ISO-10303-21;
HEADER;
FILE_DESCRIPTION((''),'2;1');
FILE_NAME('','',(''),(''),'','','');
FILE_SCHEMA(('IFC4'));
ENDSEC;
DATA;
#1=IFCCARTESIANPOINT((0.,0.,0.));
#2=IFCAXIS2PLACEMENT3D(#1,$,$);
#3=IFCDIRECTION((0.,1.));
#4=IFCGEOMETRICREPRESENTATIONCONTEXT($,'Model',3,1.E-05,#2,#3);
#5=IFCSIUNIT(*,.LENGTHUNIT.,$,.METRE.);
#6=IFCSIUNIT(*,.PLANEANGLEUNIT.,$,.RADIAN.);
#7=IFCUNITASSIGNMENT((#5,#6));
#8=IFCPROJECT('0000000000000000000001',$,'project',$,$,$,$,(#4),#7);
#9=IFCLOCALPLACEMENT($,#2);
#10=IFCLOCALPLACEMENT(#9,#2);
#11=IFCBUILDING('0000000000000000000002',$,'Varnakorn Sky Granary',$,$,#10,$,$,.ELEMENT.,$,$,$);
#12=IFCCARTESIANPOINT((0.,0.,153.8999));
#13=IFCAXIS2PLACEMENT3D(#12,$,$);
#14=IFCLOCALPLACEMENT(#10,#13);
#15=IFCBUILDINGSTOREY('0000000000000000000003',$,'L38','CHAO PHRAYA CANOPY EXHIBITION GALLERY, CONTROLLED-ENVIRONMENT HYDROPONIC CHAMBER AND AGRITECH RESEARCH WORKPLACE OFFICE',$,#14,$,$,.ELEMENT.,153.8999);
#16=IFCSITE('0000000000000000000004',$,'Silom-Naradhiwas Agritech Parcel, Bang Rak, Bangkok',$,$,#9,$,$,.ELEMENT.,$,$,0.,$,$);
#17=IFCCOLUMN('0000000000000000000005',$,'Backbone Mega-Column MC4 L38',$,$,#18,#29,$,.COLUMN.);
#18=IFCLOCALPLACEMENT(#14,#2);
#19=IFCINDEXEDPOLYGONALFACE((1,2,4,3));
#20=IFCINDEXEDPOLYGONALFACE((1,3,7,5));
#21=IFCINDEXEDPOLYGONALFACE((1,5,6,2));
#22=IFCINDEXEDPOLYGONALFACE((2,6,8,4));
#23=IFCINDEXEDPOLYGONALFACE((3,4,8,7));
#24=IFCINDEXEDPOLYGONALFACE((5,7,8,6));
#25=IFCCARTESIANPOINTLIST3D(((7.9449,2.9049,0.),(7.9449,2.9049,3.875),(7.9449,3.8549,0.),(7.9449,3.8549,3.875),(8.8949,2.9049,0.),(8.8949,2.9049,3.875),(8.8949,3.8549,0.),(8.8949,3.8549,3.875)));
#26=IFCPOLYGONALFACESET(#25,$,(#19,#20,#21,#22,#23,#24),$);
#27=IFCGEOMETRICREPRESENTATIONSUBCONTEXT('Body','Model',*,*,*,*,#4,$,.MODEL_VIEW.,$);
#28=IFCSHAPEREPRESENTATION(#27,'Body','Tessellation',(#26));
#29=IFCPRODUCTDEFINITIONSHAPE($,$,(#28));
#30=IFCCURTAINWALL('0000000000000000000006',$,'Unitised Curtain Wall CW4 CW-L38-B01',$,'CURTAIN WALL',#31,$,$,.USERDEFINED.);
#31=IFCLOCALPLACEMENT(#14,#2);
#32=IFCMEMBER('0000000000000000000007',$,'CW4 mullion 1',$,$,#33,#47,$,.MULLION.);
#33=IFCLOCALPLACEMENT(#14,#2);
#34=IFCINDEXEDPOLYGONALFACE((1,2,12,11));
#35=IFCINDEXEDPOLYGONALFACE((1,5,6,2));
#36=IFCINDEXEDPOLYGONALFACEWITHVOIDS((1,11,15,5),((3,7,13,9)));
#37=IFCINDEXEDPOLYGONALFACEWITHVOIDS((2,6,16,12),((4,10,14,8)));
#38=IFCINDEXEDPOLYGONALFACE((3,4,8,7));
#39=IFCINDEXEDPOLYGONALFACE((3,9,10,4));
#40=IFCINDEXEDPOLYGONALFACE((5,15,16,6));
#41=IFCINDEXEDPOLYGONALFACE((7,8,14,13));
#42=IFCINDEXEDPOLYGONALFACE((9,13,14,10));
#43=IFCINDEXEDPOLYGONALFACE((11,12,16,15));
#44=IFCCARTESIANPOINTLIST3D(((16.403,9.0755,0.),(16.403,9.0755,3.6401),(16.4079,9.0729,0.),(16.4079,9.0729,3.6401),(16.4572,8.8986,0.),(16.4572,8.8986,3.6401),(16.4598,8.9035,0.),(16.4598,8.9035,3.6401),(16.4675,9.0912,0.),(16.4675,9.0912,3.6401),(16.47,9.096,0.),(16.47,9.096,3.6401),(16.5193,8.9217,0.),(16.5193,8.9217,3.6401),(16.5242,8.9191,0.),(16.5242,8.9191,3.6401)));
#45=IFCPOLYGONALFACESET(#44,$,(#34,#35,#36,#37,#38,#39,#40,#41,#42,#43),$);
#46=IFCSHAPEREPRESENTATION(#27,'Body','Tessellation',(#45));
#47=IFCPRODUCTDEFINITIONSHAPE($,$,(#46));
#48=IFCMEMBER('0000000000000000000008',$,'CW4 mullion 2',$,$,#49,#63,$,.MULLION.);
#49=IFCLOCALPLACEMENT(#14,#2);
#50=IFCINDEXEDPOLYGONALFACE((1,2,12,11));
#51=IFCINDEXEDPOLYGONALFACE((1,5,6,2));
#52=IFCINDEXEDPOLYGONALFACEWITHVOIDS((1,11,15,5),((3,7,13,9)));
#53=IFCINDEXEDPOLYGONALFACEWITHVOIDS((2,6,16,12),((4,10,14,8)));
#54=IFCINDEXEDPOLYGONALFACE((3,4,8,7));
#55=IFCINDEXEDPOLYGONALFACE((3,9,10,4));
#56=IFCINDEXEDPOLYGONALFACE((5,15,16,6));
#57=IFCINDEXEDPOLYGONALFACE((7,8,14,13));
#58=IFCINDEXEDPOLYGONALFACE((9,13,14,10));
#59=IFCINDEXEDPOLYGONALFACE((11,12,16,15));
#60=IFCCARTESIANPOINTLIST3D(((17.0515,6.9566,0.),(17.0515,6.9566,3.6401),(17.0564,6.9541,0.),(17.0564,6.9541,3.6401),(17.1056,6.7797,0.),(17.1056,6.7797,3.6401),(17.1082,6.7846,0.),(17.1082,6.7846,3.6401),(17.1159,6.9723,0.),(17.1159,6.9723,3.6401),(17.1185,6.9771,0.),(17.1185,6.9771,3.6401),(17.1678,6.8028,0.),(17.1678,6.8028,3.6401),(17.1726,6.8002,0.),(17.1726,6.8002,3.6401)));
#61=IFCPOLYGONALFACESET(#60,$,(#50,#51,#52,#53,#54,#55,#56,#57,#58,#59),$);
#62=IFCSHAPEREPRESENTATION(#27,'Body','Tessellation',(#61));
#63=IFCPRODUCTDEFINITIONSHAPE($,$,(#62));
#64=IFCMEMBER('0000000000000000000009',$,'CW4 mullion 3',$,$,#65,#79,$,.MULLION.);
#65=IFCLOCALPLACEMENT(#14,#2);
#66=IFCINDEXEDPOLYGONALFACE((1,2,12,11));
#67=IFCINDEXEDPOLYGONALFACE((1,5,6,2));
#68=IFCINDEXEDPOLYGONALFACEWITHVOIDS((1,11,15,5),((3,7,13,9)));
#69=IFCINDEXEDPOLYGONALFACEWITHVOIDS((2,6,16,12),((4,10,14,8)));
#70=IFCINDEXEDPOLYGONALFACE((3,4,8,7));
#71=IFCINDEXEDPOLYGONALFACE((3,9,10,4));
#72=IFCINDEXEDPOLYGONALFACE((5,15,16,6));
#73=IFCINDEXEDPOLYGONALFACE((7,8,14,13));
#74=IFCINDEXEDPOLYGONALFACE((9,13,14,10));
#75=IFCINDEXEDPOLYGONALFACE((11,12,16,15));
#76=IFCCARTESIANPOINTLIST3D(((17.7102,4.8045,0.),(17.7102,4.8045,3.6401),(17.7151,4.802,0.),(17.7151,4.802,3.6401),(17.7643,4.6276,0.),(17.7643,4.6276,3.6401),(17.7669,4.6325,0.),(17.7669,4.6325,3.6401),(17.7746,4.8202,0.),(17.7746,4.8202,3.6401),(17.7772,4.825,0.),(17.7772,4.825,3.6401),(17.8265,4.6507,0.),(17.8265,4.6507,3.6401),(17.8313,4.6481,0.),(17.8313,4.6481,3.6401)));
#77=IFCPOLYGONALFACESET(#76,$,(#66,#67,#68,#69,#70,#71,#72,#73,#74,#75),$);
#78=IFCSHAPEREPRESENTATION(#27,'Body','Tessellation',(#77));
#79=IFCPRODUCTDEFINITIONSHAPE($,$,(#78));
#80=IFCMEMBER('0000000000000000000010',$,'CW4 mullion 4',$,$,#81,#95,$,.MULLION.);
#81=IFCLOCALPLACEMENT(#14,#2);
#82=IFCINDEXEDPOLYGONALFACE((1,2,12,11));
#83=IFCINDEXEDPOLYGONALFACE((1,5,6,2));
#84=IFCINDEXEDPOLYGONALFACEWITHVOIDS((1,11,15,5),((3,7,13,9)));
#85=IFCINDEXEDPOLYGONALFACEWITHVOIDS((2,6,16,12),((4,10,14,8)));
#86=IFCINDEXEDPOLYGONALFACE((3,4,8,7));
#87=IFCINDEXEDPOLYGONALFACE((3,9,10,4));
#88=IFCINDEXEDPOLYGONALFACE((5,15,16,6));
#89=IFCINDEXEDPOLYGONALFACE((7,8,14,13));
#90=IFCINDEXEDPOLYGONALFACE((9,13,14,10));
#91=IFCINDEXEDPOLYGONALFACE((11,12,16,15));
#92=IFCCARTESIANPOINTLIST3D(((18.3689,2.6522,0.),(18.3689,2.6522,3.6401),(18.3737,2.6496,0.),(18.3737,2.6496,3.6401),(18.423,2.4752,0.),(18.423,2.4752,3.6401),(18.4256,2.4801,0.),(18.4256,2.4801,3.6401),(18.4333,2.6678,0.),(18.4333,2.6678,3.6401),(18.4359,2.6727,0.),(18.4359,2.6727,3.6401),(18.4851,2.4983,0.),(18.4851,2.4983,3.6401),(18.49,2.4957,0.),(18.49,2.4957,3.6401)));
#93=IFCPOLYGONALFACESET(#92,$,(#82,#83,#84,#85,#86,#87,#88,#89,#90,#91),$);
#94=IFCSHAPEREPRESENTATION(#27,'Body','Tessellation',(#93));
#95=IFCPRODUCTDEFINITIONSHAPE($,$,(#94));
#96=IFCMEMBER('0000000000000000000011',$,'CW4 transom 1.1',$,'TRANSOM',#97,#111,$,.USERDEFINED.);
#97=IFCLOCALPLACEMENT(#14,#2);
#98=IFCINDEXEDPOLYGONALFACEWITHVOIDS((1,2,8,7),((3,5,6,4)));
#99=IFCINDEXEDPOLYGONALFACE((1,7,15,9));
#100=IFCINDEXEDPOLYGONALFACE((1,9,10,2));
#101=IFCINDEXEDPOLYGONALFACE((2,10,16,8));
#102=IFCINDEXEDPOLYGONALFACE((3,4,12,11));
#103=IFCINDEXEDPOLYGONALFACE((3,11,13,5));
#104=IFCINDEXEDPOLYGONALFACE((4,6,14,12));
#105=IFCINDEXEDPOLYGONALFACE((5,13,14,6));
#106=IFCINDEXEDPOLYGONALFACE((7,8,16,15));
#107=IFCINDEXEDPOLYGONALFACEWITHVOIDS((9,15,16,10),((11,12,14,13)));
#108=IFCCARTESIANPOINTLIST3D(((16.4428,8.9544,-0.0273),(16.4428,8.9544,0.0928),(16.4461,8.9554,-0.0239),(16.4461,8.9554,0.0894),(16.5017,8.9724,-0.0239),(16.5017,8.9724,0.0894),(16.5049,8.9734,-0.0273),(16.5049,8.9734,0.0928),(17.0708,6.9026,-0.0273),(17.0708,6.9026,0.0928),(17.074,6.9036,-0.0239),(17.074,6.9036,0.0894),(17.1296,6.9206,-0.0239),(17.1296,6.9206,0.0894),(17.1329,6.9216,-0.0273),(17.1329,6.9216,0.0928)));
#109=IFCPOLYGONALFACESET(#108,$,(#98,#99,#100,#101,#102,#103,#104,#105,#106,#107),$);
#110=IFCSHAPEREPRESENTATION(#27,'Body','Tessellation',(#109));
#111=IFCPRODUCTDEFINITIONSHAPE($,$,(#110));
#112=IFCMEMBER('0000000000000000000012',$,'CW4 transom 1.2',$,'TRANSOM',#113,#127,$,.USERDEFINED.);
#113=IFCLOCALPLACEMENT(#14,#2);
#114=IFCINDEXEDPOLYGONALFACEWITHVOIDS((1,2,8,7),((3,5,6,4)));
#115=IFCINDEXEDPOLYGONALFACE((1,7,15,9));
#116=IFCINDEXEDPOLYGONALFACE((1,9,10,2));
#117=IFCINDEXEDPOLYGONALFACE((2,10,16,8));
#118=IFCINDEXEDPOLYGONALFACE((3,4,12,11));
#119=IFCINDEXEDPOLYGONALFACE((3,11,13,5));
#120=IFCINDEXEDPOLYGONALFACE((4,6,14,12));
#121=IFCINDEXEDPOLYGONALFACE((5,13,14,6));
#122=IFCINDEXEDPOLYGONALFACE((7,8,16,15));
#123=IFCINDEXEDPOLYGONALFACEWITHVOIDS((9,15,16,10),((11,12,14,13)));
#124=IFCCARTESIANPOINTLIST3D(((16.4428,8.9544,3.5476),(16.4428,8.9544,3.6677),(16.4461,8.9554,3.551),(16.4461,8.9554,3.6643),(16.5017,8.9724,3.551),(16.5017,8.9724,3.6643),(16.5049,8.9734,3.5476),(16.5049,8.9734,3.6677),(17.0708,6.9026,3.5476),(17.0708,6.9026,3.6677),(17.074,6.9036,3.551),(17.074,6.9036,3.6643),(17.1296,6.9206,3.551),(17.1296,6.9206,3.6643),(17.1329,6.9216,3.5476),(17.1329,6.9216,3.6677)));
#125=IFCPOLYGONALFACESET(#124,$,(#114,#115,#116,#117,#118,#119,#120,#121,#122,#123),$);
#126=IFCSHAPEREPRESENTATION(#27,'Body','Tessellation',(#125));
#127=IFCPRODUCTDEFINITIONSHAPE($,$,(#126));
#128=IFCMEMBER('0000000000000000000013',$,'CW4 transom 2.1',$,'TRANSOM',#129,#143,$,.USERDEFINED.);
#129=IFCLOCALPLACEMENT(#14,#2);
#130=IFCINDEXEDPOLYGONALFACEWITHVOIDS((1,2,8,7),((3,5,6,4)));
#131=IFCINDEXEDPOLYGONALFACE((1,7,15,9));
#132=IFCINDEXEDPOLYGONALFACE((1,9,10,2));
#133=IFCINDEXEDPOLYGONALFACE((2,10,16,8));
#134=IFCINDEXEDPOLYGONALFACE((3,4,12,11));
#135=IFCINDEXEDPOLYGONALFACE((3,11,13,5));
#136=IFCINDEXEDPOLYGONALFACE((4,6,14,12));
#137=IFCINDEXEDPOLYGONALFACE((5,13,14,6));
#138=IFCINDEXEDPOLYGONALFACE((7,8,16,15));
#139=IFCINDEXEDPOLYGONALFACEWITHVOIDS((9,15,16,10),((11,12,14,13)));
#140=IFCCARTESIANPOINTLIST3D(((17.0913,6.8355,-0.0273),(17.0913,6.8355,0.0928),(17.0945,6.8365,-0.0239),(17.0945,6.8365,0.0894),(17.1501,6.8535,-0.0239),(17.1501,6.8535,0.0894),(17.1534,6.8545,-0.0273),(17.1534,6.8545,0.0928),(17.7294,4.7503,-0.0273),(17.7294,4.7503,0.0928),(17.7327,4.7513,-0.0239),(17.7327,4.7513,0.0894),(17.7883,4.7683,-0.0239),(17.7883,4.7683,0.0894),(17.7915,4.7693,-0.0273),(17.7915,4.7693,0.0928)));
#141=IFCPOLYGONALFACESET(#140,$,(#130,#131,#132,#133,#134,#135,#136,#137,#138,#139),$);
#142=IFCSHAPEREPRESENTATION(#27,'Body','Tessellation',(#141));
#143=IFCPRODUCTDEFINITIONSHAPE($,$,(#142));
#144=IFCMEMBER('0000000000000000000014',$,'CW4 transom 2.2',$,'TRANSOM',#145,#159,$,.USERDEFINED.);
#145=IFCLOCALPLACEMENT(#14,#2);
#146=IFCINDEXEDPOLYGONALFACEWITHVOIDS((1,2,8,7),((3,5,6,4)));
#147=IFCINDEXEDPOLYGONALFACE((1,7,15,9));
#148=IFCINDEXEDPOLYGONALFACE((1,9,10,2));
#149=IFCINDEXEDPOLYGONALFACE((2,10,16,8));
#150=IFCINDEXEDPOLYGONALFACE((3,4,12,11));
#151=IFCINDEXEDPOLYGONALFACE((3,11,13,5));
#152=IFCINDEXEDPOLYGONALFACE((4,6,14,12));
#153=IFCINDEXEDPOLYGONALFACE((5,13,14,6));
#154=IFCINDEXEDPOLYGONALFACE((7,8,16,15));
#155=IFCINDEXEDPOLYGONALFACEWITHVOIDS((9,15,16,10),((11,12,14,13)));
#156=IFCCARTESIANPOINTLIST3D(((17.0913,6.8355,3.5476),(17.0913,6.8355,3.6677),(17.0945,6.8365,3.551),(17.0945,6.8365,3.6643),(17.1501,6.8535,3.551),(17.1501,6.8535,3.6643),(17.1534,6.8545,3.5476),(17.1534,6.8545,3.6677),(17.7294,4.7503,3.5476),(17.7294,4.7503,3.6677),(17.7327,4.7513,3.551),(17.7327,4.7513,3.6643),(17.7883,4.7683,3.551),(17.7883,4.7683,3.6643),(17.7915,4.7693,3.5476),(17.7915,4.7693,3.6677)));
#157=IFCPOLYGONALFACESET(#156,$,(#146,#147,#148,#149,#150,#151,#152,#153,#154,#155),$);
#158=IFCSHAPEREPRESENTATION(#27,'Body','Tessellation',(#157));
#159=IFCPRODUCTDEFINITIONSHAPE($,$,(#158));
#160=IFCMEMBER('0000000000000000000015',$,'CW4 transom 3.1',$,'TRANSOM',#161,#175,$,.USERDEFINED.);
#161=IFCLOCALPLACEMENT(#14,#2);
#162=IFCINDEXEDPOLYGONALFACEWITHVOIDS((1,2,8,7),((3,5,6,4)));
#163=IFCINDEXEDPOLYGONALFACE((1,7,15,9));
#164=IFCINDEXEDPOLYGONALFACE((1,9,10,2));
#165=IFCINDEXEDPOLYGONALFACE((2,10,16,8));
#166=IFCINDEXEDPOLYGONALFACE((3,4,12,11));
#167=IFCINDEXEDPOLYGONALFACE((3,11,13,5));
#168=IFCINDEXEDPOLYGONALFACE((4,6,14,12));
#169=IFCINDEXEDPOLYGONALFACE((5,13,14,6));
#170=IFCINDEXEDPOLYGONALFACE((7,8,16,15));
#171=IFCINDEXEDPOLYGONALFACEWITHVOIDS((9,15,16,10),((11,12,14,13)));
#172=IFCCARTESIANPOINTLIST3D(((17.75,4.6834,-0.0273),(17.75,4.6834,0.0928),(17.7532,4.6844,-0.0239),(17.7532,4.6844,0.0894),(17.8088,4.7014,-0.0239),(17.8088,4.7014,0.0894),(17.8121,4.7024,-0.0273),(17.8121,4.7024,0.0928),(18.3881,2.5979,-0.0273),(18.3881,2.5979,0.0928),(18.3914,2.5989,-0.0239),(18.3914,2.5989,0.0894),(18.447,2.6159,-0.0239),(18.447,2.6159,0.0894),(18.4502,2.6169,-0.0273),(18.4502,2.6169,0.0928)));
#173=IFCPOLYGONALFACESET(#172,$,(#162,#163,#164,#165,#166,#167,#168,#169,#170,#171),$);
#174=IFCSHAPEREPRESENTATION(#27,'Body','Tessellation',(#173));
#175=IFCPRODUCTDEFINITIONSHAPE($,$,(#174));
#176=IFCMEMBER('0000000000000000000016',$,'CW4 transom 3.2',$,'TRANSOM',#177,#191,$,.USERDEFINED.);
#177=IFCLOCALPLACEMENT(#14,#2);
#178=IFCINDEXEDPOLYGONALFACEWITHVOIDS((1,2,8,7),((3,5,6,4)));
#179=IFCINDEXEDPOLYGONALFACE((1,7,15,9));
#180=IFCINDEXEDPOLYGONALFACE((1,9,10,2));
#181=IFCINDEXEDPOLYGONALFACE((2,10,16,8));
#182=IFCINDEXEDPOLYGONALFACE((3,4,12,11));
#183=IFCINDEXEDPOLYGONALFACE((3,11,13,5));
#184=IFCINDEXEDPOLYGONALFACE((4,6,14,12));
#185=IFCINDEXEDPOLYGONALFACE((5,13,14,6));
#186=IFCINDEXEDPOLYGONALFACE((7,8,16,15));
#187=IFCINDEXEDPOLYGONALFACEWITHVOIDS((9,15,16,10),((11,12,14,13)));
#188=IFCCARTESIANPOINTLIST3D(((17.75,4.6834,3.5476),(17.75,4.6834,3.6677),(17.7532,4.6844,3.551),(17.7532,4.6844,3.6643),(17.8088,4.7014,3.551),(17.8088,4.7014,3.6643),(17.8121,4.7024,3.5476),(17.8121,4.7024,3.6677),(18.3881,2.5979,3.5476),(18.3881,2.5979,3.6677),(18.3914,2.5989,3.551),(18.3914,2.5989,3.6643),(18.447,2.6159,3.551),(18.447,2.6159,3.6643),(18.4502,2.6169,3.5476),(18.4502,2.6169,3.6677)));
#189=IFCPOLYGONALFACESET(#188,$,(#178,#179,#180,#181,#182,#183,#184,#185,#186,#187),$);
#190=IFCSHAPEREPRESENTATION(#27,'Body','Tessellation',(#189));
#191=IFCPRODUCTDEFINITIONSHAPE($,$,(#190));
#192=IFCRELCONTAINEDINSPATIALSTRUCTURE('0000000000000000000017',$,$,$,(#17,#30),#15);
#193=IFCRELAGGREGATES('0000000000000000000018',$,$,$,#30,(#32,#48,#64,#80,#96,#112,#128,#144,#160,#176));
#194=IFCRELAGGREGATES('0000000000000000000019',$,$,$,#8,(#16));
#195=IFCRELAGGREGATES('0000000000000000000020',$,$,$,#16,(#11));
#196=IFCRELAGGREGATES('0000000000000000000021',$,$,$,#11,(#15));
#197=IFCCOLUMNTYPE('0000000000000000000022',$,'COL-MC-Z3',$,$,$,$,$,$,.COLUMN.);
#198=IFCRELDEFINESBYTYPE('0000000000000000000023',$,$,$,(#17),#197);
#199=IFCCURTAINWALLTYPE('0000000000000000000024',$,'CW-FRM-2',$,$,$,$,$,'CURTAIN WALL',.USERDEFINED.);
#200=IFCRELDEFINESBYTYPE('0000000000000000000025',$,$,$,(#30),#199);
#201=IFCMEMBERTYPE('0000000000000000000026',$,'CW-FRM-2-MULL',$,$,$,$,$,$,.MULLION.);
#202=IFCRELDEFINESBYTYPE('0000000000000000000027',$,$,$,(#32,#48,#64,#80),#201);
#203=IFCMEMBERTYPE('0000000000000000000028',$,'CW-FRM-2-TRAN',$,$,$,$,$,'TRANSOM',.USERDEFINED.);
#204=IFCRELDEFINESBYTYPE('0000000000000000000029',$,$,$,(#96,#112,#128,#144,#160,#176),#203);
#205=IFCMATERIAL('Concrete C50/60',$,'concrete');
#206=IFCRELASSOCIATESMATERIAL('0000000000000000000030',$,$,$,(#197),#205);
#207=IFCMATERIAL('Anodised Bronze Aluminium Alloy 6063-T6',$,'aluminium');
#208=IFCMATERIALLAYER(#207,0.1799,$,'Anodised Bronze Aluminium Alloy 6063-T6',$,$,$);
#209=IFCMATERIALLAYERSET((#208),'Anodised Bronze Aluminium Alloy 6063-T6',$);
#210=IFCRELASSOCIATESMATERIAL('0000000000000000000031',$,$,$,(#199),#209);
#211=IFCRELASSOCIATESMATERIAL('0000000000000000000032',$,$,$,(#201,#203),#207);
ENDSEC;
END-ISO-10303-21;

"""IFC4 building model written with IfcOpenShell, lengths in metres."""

from ifc_helpers import new_model, si_unit, direction, frame, origin, origin_2d, place, context, subcontext, project, spatial, rectangle, hollow_rectangle, extrude, material, layer, layer_set, material_profile, profile_set, type_object, element, aggregate, save


model = new_model("IFC4")

# Units and contexts
model_context = context("Model", 3, precision=1e-05, world=origin(), true_north=direction((0.0, 1.0)))
body_context = subcontext(model_context, "Body", "Model", "MODEL_VIEW")
ifc_project = project(units=[si_unit("LENGTHUNIT", "METRE"), si_unit("PLANEANGLEUNIT", "RADIAN")], contexts=[model_context])

# Site, building, storey
site_placement = place(None, origin())
site = spatial("IfcSite", under=ifc_project, at=site_placement, Name="Silom-Naradhiwas Agritech Parcel, Bang Rak, Bangkok", CompositionType="ELEMENT", RefElevation=0.0)
building_placement = place(site_placement, origin())
building = spatial("IfcBuilding", under=site, at=building_placement, Name="Varnakorn Sky Granary", CompositionType="ELEMENT")
storey_placement = place(building_placement, frame((0.0, 0.0, 153.8999)))
storey = spatial("IfcBuildingStorey", under=building, at=storey_placement, Name="L38", Description="CHAO PHRAYA CANOPY EXHIBITION GALLERY, CONTROLLED-ENVIRONMENT HYDROPONIC CHAMBER AND AGRITECH RESEARCH WORKPLACE OFFICE", CompositionType="ELEMENT", Elevation=153.8999)

# Column
ifc_material_1 = material(Name="Concrete C50/60", Category="concrete")
ifc_material_profile_1 = material_profile(ifc_material_1, rectangle(XDim=0.95, YDim=0.95, at=origin_2d()), Name="RC 950x950")
ifc_profile_set_1 = profile_set([ifc_material_profile_1], Name="Concrete C50/60")
column_type = type_object("IfcColumnType", Name="COL-MC-Z3", PredefinedType="COLUMN", material=ifc_profile_set_1)
column_placement = place(storey_placement, frame((8.4199, 3.3799, 0.0), z_axis=(0.0, 0.0, 1.0), x_axis=(1.0, 0.0, 0.0)))
element("IfcColumn", 1, at=column_placement, inside=storey, type_object=column_type, Name="Backbone Mega-Column MC4 L38", PredefinedType="COLUMN", context=body_context, shape_type="SweptSolid", body=[
    extrude(rectangle(XDim=0.95, YDim=0.95, at=origin_2d()), origin(), (0.0, 0.0, 1.0), 3.875),
])

# Curtain wall, members
ifc_material_2 = material(Name="Anodised Bronze Aluminium Alloy 6063-T6", Category="aluminium")
ifc_layer_1 = layer(ifc_material_2, 0.1799, Name="Anodised Bronze Aluminium Alloy 6063-T6")
ifc_layer_set_1 = layer_set([ifc_layer_1], Name="Anodised Bronze Aluminium Alloy 6063-T6")
curtain_wall_type = type_object("IfcCurtainWallType", Name="CW-FRM-2", ElementType="CURTAIN WALL", PredefinedType="USERDEFINED", material=ifc_layer_set_1)
curtain_wall_placement = place(storey_placement, origin())
curtain_wall = element("IfcCurtainWall", 2, at=curtain_wall_placement, inside=storey, type_object=curtain_wall_type, Name="Unitised Curtain Wall CW4 CW-L38-B01", ObjectType="CURTAIN WALL", PredefinedType="USERDEFINED")
ifc_material_profile_2 = material_profile(ifc_material_2, hollow_rectangle(XDim=0.0701, YDim=0.1851, WallThickness=0.0039, at=origin_2d()), Name="ALU MULL 70x185")
ifc_profile_set_2 = profile_set([ifc_material_profile_2], Name="Anodised Bronze Aluminium Alloy 6063-T6")
member_type_1 = type_object("IfcMemberType", Name="CW-FRM-2-MULL", PredefinedType="MULLION", material=ifc_profile_set_2)
member_1_placement = place(storey_placement, frame((16.4636, 8.9973, 0.0), z_axis=(0.0, 0.0, 1.0), x_axis=(0.956229, 0.292619, 0.0)))
member_1 = element("IfcMember", 3, at=member_1_placement, type_object=member_type_1, Name="CW4 mullion 1", PredefinedType="MULLION", context=body_context, shape_type="SweptSolid", body=[
    extrude(hollow_rectangle(XDim=0.0701, YDim=0.1851, WallThickness=0.0039, at=origin_2d()), origin(), (0.0, 0.0, 1.0), 3.6401),
])
member_2_placement = place(storey_placement, frame((17.1121, 6.8784, 0.0), z_axis=(0.0, 0.0, 1.0), x_axis=(0.956229, 0.292619, 0.0)))
member_2 = element("IfcMember", 4, at=member_2_placement, type_object=member_type_1, Name="CW4 mullion 2", PredefinedType="MULLION", context=body_context, shape_type="SweptSolid", body=[
    extrude(hollow_rectangle(XDim=0.0701, YDim=0.1851, WallThickness=0.0039, at=origin_2d()), origin(), (0.0, 0.0, 1.0), 3.6401),
])
member_3_placement = place(storey_placement, frame((17.7708, 4.7263, 0.0), z_axis=(0.0, 0.0, 1.0), x_axis=(0.956229, 0.292619, 0.0)))
member_3 = element("IfcMember", 5, at=member_3_placement, type_object=member_type_1, Name="CW4 mullion 3", PredefinedType="MULLION", context=body_context, shape_type="SweptSolid", body=[
    extrude(hollow_rectangle(XDim=0.0701, YDim=0.1851, WallThickness=0.0039, at=origin_2d()), origin(), (0.0, 0.0, 1.0), 3.6401),
])
member_4_placement = place(storey_placement, frame((18.4294, 2.574, 0.0), z_axis=(0.0, 0.0, 1.0), x_axis=(0.956229, 0.292619, 0.0)))
member_4 = element("IfcMember", 6, at=member_4_placement, type_object=member_type_1, Name="CW4 mullion 4", PredefinedType="MULLION", context=body_context, shape_type="SweptSolid", body=[
    extrude(hollow_rectangle(XDim=0.0701, YDim=0.1851, WallThickness=0.0039, at=origin_2d()), origin(), (0.0, 0.0, 1.0), 3.6401),
])
ifc_material_profile_3 = material_profile(ifc_material_2, hollow_rectangle(XDim=0.0649, YDim=0.1201, WallThickness=0.0034, at=origin_2d()), Name="ALU TRAN 65x120")
ifc_profile_set_3 = profile_set([ifc_material_profile_3], Name="Anodised Bronze Aluminium Alloy 6063-T6")
member_type_2 = type_object("IfcMemberType", Name="CW-FRM-2-TRAN", ElementType="TRANSOM", PredefinedType="USERDEFINED", material=ifc_profile_set_3)
member_5_placement = place(storey_placement, frame((16.4739, 8.9639, 0.0327), z_axis=(0.292646, -0.956221, 0.0), x_axis=(0.956221, 0.292646, 0.0)))
member_5 = element("IfcMember", 7, at=member_5_placement, type_object=member_type_2, Name="CW4 transom 1.1", ObjectType="TRANSOM", PredefinedType="USERDEFINED", context=body_context, shape_type="SweptSolid", body=[
    extrude(hollow_rectangle(XDim=0.0649, YDim=0.1201, WallThickness=0.0034, at=origin_2d()), origin(), (0.0, 0.0, 1.0), 2.1458),
])
member_6_placement = place(storey_placement, frame((16.4739, 8.9639, 3.6077), z_axis=(0.292646, -0.956221, 0.0), x_axis=(0.956221, 0.292646, 0.0)))
member_6 = element("IfcMember", 8, at=member_6_placement, type_object=member_type_2, Name="CW4 transom 1.2", ObjectType="TRANSOM", PredefinedType="USERDEFINED", context=body_context, shape_type="SweptSolid", body=[
    extrude(hollow_rectangle(XDim=0.0649, YDim=0.1201, WallThickness=0.0034, at=origin_2d()), origin(), (0.0, 0.0, 1.0), 2.1458),
])
member_7_placement = place(storey_placement, frame((17.1223, 6.845, 0.0327), z_axis=(0.292654, -0.956218, 0.0), x_axis=(0.956218, 0.292654, 0.0)))
member_7 = element("IfcMember", 9, at=member_7_placement, type_object=member_type_2, Name="CW4 transom 2.1", ObjectType="TRANSOM", PredefinedType="USERDEFINED", context=body_context, shape_type="SweptSolid", body=[
    extrude(hollow_rectangle(XDim=0.0649, YDim=0.1201, WallThickness=0.0034, at=origin_2d()), origin(), (0.0, 0.0, 1.0), 2.1807),
])
member_8_placement = place(storey_placement, frame((17.1223, 6.845, 3.6077), z_axis=(0.292654, -0.956218, 0.0), x_axis=(0.956218, 0.292654, 0.0)))
member_8 = element("IfcMember", 10, at=member_8_placement, type_object=member_type_2, Name="CW4 transom 2.2", ObjectType="TRANSOM", PredefinedType="USERDEFINED", context=body_context, shape_type="SweptSolid", body=[
    extrude(hollow_rectangle(XDim=0.0649, YDim=0.1201, WallThickness=0.0034, at=origin_2d()), origin(), (0.0, 0.0, 1.0), 2.1807),
])
member_9_placement = place(storey_placement, frame((17.781, 4.6929, 0.0327), z_axis=(0.292622, -0.956228, 0.0), x_axis=(0.956228, 0.292622, 0.0)))
member_9 = element("IfcMember", 11, at=member_9_placement, type_object=member_type_2, Name="CW4 transom 3.1", ObjectType="TRANSOM", PredefinedType="USERDEFINED", context=body_context, shape_type="SweptSolid", body=[
    extrude(hollow_rectangle(XDim=0.0649, YDim=0.1201, WallThickness=0.0034, at=origin_2d()), origin(), (0.0, 0.0, 1.0), 2.1809),
])
member_10_placement = place(storey_placement, frame((17.781, 4.6929, 3.6077), z_axis=(0.292622, -0.956228, 0.0), x_axis=(0.956228, 0.292622, 0.0)))
member_10 = element("IfcMember", 12, at=member_10_placement, type_object=member_type_2, Name="CW4 transom 3.2", ObjectType="TRANSOM", PredefinedType="USERDEFINED", context=body_context, shape_type="SweptSolid", body=[
    extrude(hollow_rectangle(XDim=0.0649, YDim=0.1201, WallThickness=0.0034, at=origin_2d()), origin(), (0.0, 0.0, 1.0), 2.1809),
])

aggregate(curtain_wall, [member_1, member_2, member_3, member_4, member_5, member_6, member_7, member_8, member_9, member_10])

save(model, "model.ifc")
